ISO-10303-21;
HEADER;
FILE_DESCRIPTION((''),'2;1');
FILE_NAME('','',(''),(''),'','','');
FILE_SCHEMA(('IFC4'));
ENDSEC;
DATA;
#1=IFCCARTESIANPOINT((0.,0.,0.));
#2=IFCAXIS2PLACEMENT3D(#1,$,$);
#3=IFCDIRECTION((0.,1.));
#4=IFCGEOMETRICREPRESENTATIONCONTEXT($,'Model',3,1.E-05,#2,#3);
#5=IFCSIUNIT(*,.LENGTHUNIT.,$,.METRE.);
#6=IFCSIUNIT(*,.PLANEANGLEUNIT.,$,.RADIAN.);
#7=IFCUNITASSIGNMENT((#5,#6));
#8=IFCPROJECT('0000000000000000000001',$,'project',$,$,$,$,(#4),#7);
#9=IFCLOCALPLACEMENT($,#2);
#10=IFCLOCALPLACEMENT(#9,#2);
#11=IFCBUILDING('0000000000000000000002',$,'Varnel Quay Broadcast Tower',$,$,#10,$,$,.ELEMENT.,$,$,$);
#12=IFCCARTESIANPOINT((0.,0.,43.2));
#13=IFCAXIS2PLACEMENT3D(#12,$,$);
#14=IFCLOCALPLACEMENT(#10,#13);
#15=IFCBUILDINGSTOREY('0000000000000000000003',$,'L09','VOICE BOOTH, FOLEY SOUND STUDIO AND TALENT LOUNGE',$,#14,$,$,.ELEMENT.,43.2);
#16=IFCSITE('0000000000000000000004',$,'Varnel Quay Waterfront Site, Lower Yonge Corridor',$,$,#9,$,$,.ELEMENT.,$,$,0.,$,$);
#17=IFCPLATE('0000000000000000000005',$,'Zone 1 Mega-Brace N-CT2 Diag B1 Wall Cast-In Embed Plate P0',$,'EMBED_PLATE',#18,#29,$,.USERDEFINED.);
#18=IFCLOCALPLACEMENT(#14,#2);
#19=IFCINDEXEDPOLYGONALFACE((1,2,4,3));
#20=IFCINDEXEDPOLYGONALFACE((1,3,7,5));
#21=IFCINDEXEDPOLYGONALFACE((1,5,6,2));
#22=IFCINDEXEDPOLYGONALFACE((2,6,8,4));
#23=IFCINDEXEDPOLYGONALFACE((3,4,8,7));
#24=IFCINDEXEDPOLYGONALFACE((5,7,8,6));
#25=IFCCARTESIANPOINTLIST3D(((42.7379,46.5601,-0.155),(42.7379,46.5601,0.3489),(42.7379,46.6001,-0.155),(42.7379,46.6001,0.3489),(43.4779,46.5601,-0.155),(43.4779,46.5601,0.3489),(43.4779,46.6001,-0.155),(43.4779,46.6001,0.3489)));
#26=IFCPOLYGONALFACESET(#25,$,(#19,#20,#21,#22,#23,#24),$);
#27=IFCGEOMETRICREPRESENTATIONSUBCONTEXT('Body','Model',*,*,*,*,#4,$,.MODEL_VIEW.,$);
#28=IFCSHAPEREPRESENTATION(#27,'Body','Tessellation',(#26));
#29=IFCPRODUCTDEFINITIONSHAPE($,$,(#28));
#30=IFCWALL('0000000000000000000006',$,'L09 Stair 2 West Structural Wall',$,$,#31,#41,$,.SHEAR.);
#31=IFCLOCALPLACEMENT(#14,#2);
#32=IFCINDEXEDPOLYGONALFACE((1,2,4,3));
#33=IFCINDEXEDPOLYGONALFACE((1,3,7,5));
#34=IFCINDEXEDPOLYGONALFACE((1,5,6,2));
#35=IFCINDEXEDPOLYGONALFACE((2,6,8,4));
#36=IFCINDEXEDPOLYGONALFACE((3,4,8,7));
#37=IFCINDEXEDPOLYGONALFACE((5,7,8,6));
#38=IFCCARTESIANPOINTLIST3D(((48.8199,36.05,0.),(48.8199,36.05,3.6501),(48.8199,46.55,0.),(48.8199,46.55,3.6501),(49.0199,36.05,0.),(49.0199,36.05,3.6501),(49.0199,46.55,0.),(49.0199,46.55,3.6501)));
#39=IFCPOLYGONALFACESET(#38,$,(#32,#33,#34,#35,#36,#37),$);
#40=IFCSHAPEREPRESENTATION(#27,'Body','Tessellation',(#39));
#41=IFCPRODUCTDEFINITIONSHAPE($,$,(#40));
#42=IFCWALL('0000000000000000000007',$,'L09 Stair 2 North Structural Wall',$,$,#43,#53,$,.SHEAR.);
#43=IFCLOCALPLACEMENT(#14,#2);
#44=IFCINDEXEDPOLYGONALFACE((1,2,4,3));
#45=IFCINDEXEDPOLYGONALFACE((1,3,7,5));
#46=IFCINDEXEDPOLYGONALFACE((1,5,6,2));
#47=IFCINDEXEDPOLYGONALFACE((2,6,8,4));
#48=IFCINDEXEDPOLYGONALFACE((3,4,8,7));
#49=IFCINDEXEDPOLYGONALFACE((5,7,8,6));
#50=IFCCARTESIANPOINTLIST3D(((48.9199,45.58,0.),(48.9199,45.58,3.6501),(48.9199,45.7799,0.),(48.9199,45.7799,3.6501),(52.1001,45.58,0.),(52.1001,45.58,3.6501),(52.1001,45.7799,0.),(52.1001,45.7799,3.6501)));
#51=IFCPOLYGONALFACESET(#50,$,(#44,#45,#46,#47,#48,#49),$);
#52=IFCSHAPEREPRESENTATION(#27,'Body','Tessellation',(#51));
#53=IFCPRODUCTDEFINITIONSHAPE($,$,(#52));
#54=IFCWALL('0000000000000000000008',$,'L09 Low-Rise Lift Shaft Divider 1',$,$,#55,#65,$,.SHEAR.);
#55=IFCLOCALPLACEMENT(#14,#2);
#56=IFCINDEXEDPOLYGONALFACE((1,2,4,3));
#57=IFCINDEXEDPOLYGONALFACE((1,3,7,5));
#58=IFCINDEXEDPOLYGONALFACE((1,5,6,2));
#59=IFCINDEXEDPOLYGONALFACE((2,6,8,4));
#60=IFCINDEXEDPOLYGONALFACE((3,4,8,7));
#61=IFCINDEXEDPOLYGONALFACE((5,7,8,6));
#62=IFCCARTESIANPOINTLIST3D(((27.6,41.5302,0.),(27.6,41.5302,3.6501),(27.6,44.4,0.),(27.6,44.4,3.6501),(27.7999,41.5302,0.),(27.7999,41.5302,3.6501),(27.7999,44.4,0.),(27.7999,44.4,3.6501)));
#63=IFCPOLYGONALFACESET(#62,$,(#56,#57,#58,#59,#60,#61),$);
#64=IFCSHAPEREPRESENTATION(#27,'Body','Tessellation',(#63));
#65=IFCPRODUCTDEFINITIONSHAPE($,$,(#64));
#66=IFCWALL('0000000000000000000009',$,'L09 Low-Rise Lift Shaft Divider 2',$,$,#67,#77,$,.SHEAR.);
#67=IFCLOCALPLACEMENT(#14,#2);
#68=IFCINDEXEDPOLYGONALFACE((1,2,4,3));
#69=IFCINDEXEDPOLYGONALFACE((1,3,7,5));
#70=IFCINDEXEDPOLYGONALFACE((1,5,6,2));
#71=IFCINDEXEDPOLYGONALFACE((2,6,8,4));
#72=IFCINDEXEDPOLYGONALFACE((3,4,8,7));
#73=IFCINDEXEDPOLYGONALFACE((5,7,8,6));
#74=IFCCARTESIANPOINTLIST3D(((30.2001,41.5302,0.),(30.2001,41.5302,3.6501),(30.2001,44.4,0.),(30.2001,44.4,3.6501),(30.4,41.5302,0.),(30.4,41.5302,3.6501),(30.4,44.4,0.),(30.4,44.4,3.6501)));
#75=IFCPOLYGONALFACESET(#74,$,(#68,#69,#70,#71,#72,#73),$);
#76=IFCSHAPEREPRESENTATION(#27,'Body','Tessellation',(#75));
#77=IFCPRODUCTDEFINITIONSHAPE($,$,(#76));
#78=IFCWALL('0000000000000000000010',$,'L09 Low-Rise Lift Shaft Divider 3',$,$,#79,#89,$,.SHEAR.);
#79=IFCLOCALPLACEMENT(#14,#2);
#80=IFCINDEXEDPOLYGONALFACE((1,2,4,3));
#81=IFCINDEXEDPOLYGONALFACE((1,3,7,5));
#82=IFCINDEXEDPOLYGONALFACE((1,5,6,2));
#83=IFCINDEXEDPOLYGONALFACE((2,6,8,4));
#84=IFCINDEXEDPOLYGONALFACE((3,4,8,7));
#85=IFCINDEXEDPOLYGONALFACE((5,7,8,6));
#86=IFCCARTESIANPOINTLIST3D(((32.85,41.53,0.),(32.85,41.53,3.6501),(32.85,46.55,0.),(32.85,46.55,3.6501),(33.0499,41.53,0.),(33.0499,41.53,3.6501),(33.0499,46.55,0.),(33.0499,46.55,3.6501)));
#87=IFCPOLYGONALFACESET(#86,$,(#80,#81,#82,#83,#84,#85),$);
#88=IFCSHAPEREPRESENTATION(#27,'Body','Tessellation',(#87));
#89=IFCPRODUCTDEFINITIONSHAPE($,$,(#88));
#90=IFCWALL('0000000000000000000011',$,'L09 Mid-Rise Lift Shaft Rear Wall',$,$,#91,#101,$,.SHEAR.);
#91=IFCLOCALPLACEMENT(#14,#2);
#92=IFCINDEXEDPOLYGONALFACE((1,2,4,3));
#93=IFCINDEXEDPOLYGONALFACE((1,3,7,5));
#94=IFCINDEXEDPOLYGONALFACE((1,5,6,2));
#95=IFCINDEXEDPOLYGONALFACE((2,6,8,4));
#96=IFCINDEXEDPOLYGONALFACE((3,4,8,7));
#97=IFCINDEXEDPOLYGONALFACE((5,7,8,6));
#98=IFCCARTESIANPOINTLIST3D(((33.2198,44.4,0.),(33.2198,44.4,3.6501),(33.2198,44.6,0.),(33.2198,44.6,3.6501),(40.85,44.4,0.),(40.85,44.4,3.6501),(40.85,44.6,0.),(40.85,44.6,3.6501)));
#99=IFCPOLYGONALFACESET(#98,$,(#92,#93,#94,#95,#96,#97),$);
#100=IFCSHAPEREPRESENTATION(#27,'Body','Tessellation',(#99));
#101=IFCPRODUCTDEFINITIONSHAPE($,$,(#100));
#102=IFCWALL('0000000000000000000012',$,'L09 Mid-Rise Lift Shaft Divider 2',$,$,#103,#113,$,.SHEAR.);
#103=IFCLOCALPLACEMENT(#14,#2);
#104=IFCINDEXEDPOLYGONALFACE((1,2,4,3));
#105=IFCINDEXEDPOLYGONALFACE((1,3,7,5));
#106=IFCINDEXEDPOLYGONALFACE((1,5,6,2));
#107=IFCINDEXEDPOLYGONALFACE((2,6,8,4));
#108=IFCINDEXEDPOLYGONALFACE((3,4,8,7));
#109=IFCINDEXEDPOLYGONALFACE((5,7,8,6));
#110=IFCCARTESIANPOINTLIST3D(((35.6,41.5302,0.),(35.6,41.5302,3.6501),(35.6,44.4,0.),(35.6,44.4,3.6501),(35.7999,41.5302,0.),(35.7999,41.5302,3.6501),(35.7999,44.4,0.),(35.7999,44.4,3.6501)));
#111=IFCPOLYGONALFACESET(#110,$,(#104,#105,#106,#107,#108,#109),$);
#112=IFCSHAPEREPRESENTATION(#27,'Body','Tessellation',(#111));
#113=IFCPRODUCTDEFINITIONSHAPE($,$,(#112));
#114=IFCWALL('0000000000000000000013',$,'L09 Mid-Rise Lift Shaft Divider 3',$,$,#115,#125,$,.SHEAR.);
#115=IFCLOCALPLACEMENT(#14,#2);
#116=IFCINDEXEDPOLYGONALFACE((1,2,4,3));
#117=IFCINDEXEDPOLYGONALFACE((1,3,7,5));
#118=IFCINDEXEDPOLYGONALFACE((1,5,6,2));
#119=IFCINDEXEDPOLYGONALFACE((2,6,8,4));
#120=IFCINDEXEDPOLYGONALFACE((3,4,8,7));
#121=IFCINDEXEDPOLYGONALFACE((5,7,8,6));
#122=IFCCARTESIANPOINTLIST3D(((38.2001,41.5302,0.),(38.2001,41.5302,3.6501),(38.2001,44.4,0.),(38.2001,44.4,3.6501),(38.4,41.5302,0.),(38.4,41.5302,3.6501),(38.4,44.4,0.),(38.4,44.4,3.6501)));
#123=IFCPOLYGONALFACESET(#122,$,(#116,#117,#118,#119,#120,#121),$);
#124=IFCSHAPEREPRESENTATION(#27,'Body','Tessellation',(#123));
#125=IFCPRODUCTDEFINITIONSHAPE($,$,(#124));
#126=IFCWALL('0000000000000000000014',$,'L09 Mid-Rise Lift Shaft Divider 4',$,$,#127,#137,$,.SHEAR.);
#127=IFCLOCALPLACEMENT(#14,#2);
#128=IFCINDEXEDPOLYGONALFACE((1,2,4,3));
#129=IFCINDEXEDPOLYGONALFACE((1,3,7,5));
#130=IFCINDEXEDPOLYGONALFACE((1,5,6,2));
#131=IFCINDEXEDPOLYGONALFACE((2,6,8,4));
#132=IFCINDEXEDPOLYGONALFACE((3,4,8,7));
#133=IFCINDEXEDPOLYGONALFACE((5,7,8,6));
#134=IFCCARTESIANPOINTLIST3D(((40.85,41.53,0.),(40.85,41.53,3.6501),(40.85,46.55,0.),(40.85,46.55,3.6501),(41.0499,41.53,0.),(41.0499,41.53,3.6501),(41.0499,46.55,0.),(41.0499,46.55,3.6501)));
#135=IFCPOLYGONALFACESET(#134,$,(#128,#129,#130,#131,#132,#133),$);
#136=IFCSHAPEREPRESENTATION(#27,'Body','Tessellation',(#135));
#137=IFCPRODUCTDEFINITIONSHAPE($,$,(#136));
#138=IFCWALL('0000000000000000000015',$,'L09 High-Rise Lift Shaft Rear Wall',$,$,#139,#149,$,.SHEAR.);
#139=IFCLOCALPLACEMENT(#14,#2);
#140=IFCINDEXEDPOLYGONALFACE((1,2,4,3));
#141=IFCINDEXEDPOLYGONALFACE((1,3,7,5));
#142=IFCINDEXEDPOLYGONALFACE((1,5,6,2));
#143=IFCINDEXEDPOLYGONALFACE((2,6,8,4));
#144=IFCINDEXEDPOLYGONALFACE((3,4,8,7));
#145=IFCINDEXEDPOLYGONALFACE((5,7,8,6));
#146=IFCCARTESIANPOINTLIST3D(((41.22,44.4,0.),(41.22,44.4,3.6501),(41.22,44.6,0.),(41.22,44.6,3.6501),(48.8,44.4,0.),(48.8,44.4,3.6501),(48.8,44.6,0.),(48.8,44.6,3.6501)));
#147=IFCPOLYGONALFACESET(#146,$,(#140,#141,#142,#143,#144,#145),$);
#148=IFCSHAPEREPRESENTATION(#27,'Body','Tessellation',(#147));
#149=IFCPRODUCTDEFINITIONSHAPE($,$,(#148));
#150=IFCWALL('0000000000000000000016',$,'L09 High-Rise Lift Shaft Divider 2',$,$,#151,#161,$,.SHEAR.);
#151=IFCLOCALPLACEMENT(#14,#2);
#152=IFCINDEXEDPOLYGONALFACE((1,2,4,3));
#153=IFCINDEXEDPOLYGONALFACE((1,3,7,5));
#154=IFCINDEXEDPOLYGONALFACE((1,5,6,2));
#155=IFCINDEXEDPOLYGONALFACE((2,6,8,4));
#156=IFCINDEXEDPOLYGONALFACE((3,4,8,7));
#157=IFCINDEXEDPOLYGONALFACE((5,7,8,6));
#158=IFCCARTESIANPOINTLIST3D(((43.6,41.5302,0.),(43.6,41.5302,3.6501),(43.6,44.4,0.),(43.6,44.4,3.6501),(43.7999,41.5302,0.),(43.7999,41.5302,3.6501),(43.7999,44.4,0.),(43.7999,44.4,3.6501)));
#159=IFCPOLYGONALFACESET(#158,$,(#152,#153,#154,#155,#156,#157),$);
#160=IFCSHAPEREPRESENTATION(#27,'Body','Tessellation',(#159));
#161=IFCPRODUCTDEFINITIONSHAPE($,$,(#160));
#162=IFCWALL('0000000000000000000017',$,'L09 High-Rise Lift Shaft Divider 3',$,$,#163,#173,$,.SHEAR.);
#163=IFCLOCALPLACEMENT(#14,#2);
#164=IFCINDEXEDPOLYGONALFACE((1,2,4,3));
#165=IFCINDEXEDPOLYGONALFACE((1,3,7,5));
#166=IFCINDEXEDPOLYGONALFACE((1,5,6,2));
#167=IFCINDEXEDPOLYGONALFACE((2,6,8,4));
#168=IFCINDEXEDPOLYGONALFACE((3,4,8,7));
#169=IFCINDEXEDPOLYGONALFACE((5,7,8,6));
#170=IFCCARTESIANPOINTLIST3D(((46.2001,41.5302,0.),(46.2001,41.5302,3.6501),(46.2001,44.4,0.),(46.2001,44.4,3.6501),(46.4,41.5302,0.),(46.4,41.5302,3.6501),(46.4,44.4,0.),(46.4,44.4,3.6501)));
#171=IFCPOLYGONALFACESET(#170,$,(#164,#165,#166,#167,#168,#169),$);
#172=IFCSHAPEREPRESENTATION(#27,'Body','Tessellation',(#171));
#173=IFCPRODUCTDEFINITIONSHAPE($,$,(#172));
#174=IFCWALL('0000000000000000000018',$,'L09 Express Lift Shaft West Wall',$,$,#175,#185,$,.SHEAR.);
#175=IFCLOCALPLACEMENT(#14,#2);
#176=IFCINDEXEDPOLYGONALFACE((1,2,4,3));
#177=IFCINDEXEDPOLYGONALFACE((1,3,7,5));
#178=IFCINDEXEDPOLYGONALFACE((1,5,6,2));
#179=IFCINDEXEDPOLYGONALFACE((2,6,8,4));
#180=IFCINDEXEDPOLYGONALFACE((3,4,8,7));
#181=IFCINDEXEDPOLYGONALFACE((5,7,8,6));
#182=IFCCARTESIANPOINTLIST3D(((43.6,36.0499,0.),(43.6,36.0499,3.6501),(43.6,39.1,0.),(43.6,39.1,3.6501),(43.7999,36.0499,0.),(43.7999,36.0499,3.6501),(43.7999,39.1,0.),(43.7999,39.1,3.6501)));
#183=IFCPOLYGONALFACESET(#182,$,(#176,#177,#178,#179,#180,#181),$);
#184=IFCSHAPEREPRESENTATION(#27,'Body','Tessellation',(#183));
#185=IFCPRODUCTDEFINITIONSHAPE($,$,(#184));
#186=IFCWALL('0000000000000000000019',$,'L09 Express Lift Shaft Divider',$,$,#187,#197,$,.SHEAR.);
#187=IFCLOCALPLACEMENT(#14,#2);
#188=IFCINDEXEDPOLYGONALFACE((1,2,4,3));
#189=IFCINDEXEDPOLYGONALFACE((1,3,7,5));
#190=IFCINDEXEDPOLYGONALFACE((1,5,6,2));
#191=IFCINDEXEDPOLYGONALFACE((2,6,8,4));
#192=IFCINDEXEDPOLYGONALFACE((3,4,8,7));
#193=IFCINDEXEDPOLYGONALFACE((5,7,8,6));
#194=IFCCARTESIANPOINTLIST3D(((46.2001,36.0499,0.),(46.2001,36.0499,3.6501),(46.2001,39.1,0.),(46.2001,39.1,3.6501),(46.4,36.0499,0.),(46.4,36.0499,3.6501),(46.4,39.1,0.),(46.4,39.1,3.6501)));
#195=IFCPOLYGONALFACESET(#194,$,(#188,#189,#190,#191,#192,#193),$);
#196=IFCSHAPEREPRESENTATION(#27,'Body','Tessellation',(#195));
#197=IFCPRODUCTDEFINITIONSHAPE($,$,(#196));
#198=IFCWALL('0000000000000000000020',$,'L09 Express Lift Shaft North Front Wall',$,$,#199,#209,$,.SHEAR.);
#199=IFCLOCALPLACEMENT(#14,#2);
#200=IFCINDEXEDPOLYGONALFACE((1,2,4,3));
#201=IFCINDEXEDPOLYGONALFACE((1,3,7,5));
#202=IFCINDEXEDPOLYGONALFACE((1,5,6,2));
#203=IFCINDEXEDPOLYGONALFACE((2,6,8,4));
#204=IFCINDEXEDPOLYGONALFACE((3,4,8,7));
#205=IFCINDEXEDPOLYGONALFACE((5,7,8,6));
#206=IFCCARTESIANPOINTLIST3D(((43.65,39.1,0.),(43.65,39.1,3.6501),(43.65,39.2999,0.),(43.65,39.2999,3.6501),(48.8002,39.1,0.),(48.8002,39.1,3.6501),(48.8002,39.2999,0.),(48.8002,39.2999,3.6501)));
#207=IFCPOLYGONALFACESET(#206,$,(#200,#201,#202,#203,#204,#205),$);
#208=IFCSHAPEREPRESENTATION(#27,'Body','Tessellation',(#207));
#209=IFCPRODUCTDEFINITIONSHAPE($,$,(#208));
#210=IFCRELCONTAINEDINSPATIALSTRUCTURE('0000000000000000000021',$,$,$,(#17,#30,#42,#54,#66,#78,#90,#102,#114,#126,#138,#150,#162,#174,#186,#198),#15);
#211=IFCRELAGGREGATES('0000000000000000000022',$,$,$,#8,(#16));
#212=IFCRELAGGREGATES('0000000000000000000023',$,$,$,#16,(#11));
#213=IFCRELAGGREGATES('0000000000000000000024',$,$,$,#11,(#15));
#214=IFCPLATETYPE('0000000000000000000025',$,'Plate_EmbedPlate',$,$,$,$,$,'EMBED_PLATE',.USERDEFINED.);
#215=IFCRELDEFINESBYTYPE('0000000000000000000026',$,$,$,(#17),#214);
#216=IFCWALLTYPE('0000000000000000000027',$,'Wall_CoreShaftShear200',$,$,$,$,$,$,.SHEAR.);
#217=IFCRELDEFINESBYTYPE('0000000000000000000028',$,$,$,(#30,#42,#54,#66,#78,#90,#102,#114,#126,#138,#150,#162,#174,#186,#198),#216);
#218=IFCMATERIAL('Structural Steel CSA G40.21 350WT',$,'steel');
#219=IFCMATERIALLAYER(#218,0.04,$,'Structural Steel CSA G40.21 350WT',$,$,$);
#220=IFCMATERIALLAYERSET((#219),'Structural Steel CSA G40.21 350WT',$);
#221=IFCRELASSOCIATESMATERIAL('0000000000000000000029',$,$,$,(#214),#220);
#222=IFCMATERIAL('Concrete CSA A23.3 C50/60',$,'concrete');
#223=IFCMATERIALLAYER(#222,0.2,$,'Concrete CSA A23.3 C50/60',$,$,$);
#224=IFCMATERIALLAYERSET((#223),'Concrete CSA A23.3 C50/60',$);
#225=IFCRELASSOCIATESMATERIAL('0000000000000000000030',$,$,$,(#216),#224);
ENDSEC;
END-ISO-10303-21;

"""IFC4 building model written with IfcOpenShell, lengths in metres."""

from ifc_helpers import new_model, si_unit, direction, frame, frame_2d, origin, origin_2d, place, context, subcontext, project, spatial, rectangle, extrude, source, transform, mapped, material, layer, layer_set, type_object, type_shapes, element, save


model = new_model("IFC4")

# Units and contexts
model_context = context("Model", 3, precision=1e-05, world=origin(), true_north=direction((0.0, 1.0)))
body_context = subcontext(model_context, "Body", "Model", "MODEL_VIEW")
ifc_project = project(units=[si_unit("LENGTHUNIT", "METRE"), si_unit("PLANEANGLEUNIT", "RADIAN")], contexts=[model_context])

# Site, building, storey
site_placement = place(None, origin())
site = spatial("IfcSite", under=ifc_project, at=site_placement, Name="Varnel Quay Waterfront Site, Lower Yonge Corridor", CompositionType="ELEMENT", RefElevation=0.0)
building_placement = place(site_placement, origin())
building = spatial("IfcBuilding", under=site, at=building_placement, Name="Varnel Quay Broadcast Tower", CompositionType="ELEMENT")
storey_placement = place(building_placement, frame((0.0, 0.0, 43.2)))
storey = spatial("IfcBuildingStorey", under=building, at=storey_placement, Name="L09", Description="VOICE BOOTH, FOLEY SOUND STUDIO AND TALENT LOUNGE", CompositionType="ELEMENT", Elevation=43.2)

# Shared definitions
ifc_material_1 = material(Name="Structural Steel CSA G40.21 350WT", Category="steel")

# Plate
ifc_layer_1 = layer(ifc_material_1, 0.04, Name="Structural Steel CSA G40.21 350WT")
ifc_layer_set_1 = layer_set([ifc_layer_1], Name="Structural Steel CSA G40.21 350WT")
plate_type = type_object("IfcPlateType", Name="Plate_EmbedPlate", ElementType="EMBED_PLATE", PredefinedType="USERDEFINED", material=ifc_layer_set_1)
shared_shape_1 = source(origin(), body_context, "Body", "SweptSolid", [
    extrude(rectangle(XDim=0.74, YDim=0.04, at=origin_2d()), origin(), (0.0, 0.0, 1.0), 0.5039),
])
type_shapes(plate_type, [shared_shape_1])
plate_placement = place(storey_placement, frame((43.1079, 46.5801, -0.155), z_axis=(0.0, 0.0, 1.0), x_axis=(1.0, 0.0, 0.0)))
element("IfcPlate", 1, at=plate_placement, inside=storey, type_object=plate_type, Name="Zone 1 Mega-Brace N-CT2 Diag B1 Wall Cast-In Embed Plate P0", ObjectType="EMBED_PLATE", PredefinedType="USERDEFINED", context=body_context, shape_type="MappedRepresentation", body=[
    mapped(shared_shape_1, transform((0.0, 0.0, 0.0), x_axis=(1.0, 0.0, 0.0), y_axis=(0.0, 1.0, 0.0), z_axis=(0.0, 0.0, 1.0), scale=1.0)),
])

# Walls
ifc_material_2 = material(Name="Concrete CSA A23.3 C50/60", Category="concrete")
ifc_layer_2 = layer(ifc_material_2, 0.2, Name="Concrete CSA A23.3 C50/60")
ifc_layer_set_2 = layer_set([ifc_layer_2], Name="Concrete CSA A23.3 C50/60")
wall_type_1 = type_object("IfcWallType", Name="Wall_CoreShaftShear200", PredefinedType="SHEAR", material=ifc_layer_set_2)
wall_1_placement = place(storey_placement, frame((48.9199, 36.05, 0.0), z_axis=(0.0, 0.0, 1.0), x_axis=(0.0, 1.0, 0.0)))
element("IfcWall", 2, at=wall_1_placement, inside=storey, type_object=wall_type_1, Name="L09 Stair 2 West Structural Wall", PredefinedType="SHEAR", context=body_context, shape_type="SweptSolid", body=[
    extrude(rectangle(XDim=10.5, YDim=0.2, at=frame_2d((5.25, 0.0))), origin(), (0.0, 0.0, 1.0), 3.6501),
])
wall_2_placement = place(storey_placement, frame((48.9199, 45.6799, 0.0), z_axis=(0.0, 0.0, 1.0), x_axis=(1.0, 0.0, 0.0)))
element("IfcWall", 3, at=wall_2_placement, inside=storey, type_object=wall_type_1, Name="L09 Stair 2 North Structural Wall", PredefinedType="SHEAR", context=body_context, shape_type="SweptSolid", body=[
    extrude(rectangle(XDim=3.1802, YDim=0.2, at=frame_2d((1.5901, 0.0))), origin(), (0.0, 0.0, 1.0), 3.6501),
])
for number, where, z_axis, x_axis, name in (
    (4, (27.7, 41.53, 0.0), (0.0, 0.0, 1.0), (0.0, 1.0, 0.0), "L09 Low-Rise Lift Shaft Divider 1"),
    (5, (30.3, 41.53, 0.0), (0.0, 0.0, 1.0), (0.0, 1.0, 0.0), "L09 Low-Rise Lift Shaft Divider 2"),
):
    element("IfcWall", number, at=place(storey_placement, frame(where, z_axis=z_axis, x_axis=x_axis)), inside=storey, type_object=wall_type_1, Name=name, PredefinedType="SHEAR", context=body_context, shape_type="SweptSolid", body=[
        extrude(rectangle(XDim=2.8699, YDim=0.2, at=frame_2d((1.4351, 0.0))), origin(), (0.0, 0.0, 1.0), 3.6501),
    ])
wall_3_placement = place(storey_placement, frame((32.95, 41.53, 0.0), z_axis=(0.0, 0.0, 1.0), x_axis=(0.0, 1.0, 0.0)))
element("IfcWall", 6, at=wall_3_placement, inside=storey, type_object=wall_type_1, Name="L09 Low-Rise Lift Shaft Divider 3", PredefinedType="SHEAR", context=body_context, shape_type="SweptSolid", body=[
    extrude(rectangle(XDim=5.02, YDim=0.2, at=frame_2d((2.51, 0.0))), origin(), (0.0, 0.0, 1.0), 3.6501),
])
wall_4_placement = place(storey_placement, frame((33.22, 44.5, 0.0), z_axis=(0.0, 0.0, 1.0), x_axis=(1.0, 0.0, 0.0)))
element("IfcWall", 7, at=wall_4_placement, inside=storey, type_object=wall_type_1, Name="L09 Mid-Rise Lift Shaft Rear Wall", PredefinedType="SHEAR", context=body_context, shape_type="SweptSolid", body=[
    extrude(rectangle(XDim=7.6301, YDim=0.2, at=frame_2d((3.8149, 0.0))), origin(), (0.0, 0.0, 1.0), 3.6501),
])
for number, where, z_axis, x_axis, name in (
    (8, (35.7, 41.53, 0.0), (0.0, 0.0, 1.0), (0.0, 1.0, 0.0), "L09 Mid-Rise Lift Shaft Divider 2"),
    (9, (38.3, 41.53, 0.0), (0.0, 0.0, 1.0), (0.0, 1.0, 0.0), "L09 Mid-Rise Lift Shaft Divider 3"),
):
    element("IfcWall", number, at=place(storey_placement, frame(where, z_axis=z_axis, x_axis=x_axis)), inside=storey, type_object=wall_type_1, Name=name, PredefinedType="SHEAR", context=body_context, shape_type="SweptSolid", body=[
        extrude(rectangle(XDim=2.8699, YDim=0.2, at=frame_2d((1.4351, 0.0))), origin(), (0.0, 0.0, 1.0), 3.6501),
    ])
wall_5_placement = place(storey_placement, frame((40.95, 41.53, 0.0), z_axis=(0.0, 0.0, 1.0), x_axis=(0.0, 1.0, 0.0)))
element("IfcWall", 10, at=wall_5_placement, inside=storey, type_object=wall_type_1, Name="L09 Mid-Rise Lift Shaft Divider 4", PredefinedType="SHEAR", context=body_context, shape_type="SweptSolid", body=[
    extrude(rectangle(XDim=5.02, YDim=0.2, at=frame_2d((2.51, 0.0))), origin(), (0.0, 0.0, 1.0), 3.6501),
])
wall_6_placement = place(storey_placement, frame((41.22, 44.5, 0.0), z_axis=(0.0, 0.0, 1.0), x_axis=(1.0, 0.0, 0.0)))
element("IfcWall", 11, at=wall_6_placement, inside=storey, type_object=wall_type_1, Name="L09 High-Rise Lift Shaft Rear Wall", PredefinedType="SHEAR", context=body_context, shape_type="SweptSolid", body=[
    extrude(rectangle(XDim=7.5801, YDim=0.2, at=frame_2d((3.79, 0.0))), origin(), (0.0, 0.0, 1.0), 3.6501),
])
for number, where, z_axis, x_axis, name in (
    (12, (43.7, 41.53, 0.0), (0.0, 0.0, 1.0), (0.0, 1.0, 0.0), "L09 High-Rise Lift Shaft Divider 2"),
    (13, (46.3, 41.53, 0.0), (0.0, 0.0, 1.0), (0.0, 1.0, 0.0), "L09 High-Rise Lift Shaft Divider 3"),
):
    element("IfcWall", number, at=place(storey_placement, frame(where, z_axis=z_axis, x_axis=x_axis)), inside=storey, type_object=wall_type_1, Name=name, PredefinedType="SHEAR", context=body_context, shape_type="SweptSolid", body=[
        extrude(rectangle(XDim=2.8699, YDim=0.2, at=frame_2d((1.4351, 0.0))), origin(), (0.0, 0.0, 1.0), 3.6501),
    ])
for number, where, z_axis, x_axis, name in (
    (14, (43.7, 36.05, 0.0), (0.0, 0.0, 1.0), (0.0, 1.0, 0.0), "L09 Express Lift Shaft West Wall"),
    (15, (46.3, 36.05, 0.0), (0.0, 0.0, 1.0), (0.0, 1.0, 0.0), "L09 Express Lift Shaft Divider"),
):
    element("IfcWall", number, at=place(storey_placement, frame(where, z_axis=z_axis, x_axis=x_axis)), inside=storey, type_object=wall_type_1, Name=name, PredefinedType="SHEAR", context=body_context, shape_type="SweptSolid", body=[
        extrude(rectangle(XDim=3.05, YDim=0.2, at=frame_2d((1.5249, 0.0))), origin(), (0.0, 0.0, 1.0), 3.6501),
    ])
wall_7_placement = place(storey_placement, frame((43.6499, 39.2, 0.0), z_axis=(0.0, 0.0, 1.0), x_axis=(1.0, 0.0, 0.0)))
element("IfcWall", 16, at=wall_7_placement, inside=storey, type_object=wall_type_1, Name="L09 Express Lift Shaft North Front Wall", PredefinedType="SHEAR", context=body_context, shape_type="SweptSolid", body=[
    extrude(rectangle(XDim=5.1501, YDim=0.2, at=frame_2d((2.5752, 0.0))), origin(), (0.0, 0.0, 1.0), 3.6501),
])

save(model, "model.ifc")
